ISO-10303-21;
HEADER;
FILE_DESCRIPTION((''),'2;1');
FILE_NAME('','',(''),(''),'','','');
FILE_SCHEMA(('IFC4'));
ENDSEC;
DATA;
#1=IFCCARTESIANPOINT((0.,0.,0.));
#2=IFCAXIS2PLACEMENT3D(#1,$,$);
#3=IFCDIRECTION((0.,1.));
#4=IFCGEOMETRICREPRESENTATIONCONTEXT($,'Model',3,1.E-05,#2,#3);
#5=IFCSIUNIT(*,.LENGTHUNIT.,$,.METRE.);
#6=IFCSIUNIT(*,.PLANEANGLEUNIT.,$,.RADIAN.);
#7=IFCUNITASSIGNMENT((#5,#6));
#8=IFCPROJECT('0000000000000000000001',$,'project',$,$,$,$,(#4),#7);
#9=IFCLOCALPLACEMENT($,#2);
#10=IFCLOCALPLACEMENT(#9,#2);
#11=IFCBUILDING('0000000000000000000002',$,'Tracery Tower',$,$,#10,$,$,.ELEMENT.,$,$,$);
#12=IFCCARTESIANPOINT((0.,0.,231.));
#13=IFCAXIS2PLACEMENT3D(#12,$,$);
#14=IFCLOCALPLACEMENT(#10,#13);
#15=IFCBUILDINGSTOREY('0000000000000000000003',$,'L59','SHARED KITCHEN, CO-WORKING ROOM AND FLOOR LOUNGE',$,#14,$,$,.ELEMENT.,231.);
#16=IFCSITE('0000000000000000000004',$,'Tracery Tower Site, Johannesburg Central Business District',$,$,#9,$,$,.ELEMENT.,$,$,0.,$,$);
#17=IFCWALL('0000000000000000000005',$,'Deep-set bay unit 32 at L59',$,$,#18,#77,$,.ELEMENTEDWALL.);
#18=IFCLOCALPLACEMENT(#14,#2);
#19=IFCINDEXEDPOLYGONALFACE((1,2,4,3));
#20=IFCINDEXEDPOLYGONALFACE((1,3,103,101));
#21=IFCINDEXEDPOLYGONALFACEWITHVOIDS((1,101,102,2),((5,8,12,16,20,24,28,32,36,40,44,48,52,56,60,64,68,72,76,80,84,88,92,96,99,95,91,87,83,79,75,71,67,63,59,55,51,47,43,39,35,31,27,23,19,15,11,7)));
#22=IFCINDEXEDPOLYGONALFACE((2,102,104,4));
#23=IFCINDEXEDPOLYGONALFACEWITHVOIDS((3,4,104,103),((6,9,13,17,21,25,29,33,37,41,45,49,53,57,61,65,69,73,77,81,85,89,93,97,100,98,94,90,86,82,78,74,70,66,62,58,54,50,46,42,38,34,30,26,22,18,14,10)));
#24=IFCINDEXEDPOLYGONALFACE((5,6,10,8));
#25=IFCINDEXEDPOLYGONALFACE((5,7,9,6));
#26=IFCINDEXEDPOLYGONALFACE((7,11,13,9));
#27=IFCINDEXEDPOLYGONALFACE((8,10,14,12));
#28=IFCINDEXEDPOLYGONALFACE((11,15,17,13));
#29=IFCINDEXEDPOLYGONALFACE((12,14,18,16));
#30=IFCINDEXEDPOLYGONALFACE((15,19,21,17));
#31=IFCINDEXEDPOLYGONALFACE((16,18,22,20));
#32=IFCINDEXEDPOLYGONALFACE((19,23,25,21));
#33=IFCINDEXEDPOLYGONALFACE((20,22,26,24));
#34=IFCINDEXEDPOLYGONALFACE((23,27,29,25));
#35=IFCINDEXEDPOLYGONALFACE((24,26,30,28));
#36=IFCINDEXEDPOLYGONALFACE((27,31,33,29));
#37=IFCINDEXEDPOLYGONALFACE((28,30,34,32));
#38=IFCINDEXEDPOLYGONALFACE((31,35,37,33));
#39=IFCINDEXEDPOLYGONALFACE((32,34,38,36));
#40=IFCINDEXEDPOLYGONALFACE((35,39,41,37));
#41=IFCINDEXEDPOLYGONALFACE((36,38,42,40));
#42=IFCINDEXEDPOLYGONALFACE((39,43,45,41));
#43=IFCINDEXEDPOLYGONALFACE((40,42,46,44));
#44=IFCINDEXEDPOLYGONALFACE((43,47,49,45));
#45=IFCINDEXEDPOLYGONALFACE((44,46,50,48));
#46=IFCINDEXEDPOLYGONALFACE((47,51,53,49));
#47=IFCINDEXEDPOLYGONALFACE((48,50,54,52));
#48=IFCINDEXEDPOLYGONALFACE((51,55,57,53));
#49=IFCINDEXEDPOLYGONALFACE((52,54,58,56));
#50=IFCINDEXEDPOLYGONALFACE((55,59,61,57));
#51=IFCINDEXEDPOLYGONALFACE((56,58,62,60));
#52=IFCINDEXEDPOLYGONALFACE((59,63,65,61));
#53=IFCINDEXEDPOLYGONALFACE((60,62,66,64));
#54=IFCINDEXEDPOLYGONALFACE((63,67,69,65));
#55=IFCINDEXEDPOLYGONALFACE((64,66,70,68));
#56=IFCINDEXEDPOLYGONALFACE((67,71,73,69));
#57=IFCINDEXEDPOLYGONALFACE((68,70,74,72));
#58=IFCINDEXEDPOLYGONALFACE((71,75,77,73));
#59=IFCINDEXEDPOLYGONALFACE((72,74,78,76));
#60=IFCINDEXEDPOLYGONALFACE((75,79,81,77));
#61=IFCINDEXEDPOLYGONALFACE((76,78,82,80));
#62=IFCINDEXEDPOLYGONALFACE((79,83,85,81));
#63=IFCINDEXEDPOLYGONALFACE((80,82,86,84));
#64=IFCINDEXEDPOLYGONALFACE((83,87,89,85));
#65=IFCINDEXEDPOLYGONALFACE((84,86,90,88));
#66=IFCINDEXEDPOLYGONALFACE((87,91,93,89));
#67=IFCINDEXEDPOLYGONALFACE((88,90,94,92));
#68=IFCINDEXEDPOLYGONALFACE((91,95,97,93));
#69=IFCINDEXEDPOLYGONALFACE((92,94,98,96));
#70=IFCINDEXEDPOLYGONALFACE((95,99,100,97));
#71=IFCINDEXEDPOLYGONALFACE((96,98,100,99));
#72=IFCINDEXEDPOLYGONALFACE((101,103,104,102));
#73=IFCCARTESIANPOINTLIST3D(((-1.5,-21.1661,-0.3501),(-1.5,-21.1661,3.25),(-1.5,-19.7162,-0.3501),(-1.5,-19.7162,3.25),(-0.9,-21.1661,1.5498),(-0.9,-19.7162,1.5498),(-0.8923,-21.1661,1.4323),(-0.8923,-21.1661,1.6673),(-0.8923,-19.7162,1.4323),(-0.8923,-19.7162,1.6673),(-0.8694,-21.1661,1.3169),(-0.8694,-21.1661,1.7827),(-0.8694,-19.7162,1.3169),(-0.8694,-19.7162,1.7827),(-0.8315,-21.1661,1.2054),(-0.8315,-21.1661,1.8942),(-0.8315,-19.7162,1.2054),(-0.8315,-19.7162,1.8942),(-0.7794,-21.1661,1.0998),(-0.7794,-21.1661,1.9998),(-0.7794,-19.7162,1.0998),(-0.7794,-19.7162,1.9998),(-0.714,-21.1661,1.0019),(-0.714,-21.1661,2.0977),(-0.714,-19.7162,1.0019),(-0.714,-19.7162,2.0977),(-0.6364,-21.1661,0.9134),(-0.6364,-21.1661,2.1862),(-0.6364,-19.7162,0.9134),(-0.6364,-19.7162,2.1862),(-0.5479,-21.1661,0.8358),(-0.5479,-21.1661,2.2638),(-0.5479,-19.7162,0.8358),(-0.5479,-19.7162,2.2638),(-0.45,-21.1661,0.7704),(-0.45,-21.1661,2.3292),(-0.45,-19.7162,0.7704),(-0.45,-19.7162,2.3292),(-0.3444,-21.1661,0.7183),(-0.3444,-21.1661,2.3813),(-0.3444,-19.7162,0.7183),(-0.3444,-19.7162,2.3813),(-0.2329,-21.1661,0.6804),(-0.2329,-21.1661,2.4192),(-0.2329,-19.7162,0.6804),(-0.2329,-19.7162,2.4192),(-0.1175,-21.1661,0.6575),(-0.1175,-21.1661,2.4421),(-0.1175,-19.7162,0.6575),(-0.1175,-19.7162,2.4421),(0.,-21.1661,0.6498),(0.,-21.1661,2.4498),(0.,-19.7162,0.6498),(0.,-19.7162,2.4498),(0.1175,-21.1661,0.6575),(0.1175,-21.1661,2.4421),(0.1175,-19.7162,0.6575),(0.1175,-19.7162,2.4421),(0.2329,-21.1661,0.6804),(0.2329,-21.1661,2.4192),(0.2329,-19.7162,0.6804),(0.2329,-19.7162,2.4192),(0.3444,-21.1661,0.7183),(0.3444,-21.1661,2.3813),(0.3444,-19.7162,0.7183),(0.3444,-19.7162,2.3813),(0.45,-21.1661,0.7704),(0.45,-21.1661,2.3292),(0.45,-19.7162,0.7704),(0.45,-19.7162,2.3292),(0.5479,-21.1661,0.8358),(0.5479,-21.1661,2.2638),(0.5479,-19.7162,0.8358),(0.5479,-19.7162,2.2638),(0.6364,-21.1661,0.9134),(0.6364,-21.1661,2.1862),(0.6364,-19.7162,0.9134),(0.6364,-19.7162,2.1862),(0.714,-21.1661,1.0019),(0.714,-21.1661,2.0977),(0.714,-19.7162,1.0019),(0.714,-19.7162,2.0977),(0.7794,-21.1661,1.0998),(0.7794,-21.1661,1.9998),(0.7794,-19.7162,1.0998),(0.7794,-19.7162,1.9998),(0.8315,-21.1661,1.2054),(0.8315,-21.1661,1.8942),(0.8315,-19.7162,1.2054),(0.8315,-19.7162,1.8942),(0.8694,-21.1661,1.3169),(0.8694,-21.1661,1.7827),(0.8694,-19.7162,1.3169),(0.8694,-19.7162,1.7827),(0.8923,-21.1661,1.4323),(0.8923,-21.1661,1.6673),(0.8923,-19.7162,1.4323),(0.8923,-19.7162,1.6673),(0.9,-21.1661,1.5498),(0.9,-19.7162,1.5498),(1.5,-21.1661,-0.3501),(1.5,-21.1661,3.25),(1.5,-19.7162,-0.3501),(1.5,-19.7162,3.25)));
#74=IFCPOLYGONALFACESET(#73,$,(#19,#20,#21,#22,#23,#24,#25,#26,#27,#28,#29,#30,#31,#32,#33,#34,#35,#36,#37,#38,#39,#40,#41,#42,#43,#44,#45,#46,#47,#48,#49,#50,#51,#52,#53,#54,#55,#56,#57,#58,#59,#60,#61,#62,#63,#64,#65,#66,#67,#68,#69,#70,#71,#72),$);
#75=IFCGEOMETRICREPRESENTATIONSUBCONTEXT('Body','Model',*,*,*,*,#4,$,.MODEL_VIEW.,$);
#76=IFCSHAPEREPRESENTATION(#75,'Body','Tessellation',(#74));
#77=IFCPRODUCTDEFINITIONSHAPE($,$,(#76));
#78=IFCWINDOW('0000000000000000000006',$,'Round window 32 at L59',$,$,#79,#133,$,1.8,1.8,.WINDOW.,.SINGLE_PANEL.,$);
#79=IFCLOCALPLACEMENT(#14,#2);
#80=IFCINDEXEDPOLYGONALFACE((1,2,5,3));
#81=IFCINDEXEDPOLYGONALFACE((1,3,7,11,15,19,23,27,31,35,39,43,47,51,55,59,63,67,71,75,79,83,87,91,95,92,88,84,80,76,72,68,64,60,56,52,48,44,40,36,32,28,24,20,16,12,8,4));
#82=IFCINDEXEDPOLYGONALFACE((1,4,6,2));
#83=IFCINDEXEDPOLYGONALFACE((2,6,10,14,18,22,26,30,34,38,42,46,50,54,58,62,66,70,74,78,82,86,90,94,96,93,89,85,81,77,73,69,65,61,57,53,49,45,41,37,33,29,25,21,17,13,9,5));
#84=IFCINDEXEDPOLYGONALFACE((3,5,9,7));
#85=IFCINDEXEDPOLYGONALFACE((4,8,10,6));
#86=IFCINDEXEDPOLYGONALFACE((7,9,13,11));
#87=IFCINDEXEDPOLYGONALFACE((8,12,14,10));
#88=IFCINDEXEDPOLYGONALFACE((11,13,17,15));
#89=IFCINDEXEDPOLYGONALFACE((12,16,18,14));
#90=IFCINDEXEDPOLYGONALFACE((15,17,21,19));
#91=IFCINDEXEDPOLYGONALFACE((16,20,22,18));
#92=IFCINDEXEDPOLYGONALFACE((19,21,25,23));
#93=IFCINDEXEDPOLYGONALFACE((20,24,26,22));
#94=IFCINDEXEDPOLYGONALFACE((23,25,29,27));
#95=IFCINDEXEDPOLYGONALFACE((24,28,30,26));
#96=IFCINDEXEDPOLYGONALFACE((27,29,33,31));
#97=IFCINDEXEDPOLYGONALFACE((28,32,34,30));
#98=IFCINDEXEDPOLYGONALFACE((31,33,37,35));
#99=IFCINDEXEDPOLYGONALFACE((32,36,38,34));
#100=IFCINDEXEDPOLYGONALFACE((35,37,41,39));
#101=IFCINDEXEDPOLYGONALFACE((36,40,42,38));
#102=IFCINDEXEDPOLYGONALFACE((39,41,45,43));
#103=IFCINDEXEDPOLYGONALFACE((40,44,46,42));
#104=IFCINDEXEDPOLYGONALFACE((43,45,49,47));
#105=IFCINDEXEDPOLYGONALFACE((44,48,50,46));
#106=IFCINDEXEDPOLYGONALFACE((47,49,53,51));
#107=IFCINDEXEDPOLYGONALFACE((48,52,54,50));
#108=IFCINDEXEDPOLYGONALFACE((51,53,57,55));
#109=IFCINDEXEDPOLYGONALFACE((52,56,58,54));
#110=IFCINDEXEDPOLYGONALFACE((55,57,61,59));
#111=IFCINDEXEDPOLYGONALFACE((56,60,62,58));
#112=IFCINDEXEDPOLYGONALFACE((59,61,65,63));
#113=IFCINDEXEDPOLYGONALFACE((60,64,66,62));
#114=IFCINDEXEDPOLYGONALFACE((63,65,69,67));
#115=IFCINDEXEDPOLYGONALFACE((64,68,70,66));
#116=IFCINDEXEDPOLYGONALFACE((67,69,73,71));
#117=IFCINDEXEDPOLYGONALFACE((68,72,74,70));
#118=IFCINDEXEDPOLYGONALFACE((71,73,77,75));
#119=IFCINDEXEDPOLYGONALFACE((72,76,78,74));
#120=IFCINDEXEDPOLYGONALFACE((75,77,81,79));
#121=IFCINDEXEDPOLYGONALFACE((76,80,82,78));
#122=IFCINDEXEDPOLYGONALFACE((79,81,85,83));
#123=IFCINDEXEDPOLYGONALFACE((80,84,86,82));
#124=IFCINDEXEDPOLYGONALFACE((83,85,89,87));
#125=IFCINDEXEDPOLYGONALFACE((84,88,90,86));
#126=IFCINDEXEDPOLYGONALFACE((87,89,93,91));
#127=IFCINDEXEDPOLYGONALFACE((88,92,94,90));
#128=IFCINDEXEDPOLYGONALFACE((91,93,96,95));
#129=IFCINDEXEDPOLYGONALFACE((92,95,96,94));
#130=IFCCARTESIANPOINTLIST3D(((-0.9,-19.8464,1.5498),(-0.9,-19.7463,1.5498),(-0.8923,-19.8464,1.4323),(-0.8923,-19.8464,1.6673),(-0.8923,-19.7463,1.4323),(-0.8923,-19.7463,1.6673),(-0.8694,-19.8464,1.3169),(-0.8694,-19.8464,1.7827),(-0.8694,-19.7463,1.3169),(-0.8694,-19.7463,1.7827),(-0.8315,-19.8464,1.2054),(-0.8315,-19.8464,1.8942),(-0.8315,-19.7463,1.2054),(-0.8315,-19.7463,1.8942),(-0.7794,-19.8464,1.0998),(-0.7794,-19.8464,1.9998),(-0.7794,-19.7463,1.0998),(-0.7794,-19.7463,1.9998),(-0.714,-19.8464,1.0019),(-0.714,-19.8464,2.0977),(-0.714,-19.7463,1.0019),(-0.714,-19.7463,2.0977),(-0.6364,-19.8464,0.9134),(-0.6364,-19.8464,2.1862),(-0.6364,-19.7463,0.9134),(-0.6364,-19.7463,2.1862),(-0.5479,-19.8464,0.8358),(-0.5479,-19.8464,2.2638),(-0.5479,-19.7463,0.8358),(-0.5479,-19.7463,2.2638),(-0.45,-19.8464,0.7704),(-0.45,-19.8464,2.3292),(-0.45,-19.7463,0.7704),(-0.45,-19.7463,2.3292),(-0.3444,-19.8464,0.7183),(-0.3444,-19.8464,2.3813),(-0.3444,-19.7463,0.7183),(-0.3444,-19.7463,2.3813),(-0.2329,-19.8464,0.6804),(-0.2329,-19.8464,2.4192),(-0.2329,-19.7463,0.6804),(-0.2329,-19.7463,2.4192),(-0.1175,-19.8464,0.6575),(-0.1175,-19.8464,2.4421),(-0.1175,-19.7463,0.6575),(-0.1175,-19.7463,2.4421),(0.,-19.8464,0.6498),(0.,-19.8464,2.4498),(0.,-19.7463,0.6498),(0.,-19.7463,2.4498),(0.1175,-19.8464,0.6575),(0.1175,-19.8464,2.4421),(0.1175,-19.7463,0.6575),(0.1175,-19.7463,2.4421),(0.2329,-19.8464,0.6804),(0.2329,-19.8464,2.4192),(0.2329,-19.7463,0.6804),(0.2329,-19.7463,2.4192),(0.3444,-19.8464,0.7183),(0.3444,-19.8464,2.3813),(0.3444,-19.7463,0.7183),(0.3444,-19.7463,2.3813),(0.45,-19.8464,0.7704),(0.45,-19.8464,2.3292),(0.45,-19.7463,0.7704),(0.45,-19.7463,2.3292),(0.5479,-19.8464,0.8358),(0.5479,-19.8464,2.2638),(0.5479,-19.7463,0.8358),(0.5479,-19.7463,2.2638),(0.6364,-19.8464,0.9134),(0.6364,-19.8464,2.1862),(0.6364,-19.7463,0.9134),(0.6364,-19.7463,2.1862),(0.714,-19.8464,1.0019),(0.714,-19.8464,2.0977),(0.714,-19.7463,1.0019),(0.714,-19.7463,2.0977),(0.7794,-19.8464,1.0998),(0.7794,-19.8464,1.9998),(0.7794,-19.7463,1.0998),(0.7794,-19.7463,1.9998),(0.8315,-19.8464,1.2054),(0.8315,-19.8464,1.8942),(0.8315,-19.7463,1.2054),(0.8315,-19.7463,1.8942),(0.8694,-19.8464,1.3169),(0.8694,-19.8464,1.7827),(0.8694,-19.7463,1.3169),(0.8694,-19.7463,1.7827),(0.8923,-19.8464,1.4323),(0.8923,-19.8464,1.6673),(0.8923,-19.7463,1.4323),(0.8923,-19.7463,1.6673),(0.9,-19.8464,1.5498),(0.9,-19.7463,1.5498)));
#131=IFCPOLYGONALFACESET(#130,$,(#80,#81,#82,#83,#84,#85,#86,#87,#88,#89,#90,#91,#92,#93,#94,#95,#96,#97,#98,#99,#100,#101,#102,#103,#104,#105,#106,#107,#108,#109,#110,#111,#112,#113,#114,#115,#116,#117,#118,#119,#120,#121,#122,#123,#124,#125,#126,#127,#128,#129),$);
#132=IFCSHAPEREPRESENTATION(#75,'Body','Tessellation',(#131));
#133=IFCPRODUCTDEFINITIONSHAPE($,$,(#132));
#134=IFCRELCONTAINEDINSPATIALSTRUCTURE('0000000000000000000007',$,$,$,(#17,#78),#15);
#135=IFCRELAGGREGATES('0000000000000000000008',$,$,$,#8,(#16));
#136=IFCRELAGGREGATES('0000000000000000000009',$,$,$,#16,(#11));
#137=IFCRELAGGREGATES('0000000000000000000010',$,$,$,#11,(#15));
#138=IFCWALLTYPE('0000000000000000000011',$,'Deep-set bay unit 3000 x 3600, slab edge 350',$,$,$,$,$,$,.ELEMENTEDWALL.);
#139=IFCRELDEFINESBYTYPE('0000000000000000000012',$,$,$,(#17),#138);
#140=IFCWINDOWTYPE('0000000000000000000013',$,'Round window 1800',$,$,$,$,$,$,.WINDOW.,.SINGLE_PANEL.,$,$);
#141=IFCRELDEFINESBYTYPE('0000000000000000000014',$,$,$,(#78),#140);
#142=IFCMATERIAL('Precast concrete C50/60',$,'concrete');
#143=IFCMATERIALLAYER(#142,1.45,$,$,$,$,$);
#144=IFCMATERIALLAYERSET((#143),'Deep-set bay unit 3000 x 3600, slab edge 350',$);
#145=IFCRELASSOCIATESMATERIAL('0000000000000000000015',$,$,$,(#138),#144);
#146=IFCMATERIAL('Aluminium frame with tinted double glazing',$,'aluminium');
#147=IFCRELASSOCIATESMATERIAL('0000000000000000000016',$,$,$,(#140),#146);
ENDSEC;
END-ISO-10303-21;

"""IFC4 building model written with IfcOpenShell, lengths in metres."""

from ifc_helpers import new_model, si_unit, direction, frame, frame_2d, origin, origin_2d, place, context, subcontext, project, spatial, rectangle, circle, extrude, material, layer, layer_set, type_object, element, fill, save


model = new_model("IFC4")

# Units and contexts
model_context = context("Model", 3, precision=1e-05, world=origin(), true_north=direction((0.0, 1.0)))
body_context = subcontext(model_context, "Body", "Model", "MODEL_VIEW")
ifc_project = project(units=[si_unit("LENGTHUNIT", "METRE"), si_unit("PLANEANGLEUNIT", "RADIAN")], contexts=[model_context])

# Site, building, storey
site_placement = place(None, origin())
site = spatial("IfcSite", under=ifc_project, at=site_placement, Name="Tracery Tower Site, Johannesburg Central Business District", CompositionType="ELEMENT", RefElevation=0.0)
building_placement = place(site_placement, origin())
building = spatial("IfcBuilding", under=site, at=building_placement, Name="Tracery Tower", CompositionType="ELEMENT")
storey_placement = place(building_placement, frame((0.0, 0.0, 231.0)))
storey = spatial("IfcBuildingStorey", under=building, at=storey_placement, Name="L59", Description="SHARED KITCHEN, CO-WORKING ROOM AND FLOOR LOUNGE", CompositionType="ELEMENT", Elevation=231.0)

# Wall, opening, window
ifc_material_1 = material(Name="Precast concrete C50/60", Category="concrete")
ifc_layer_1 = layer(ifc_material_1, 1.45)
ifc_layer_set_1 = layer_set([ifc_layer_1], Name="Deep-set bay unit 3000 x 3600, slab edge 350")
wall_type_1 = type_object("IfcWallType", Name="Deep-set bay unit 3000 x 3600, slab edge 350", PredefinedType="ELEMENTEDWALL", material=ifc_layer_set_1)
wall_1_placement = place(storey_placement, frame((-1.5, -20.4412, -0.3501), z_axis=(0.0, 0.0, 1.0), x_axis=(1.0, 0.0, 0.0)))
wall_1 = element("IfcWall", 1, at=wall_1_placement, inside=storey, type_object=wall_type_1, Name="Deep-set bay unit 32 at L59", PredefinedType="ELEMENTEDWALL", context=body_context, shape_type="SweptSolid", body=[
    extrude(rectangle(XDim=3.0, YDim=1.45, at=frame_2d((1.5, 0.0))), origin(), (0.0, 0.0, 1.0), 3.6001),
])
opening_1_placement = place(wall_1_placement, frame((1.5, 0.0, 1.8999)))
opening_1 = element("IfcOpeningElement", 2, at=opening_1_placement, cuts=wall_1, PredefinedType="OPENING", context=body_context, shape_type="SweptSolid", body=[
    extrude(circle(Radius=0.9, at=origin_2d()), frame((0.0, 0.7349, 0.0), z_axis=(0.0, -1.0, 0.0), x_axis=(1.0, 0.0, 0.0)), (0.0, 0.0, 1.0), 1.47),
])
ifc_material_2 = material(Name="Aluminium frame with tinted double glazing", Category="aluminium")
window_type = type_object("IfcWindowType", Name="Round window 1800", PartitioningType="SINGLE_PANEL", PredefinedType="WINDOW", material=ifc_material_2)
window_1_placement = place(opening_1_placement, origin())
window_1 = element("IfcWindow", 3, at=window_1_placement, inside=storey, type_object=window_type, Name="Round window 32 at L59", OverallHeight=1.8, OverallWidth=1.8, PartitioningType="SINGLE_PANEL", PredefinedType="WINDOW", context=body_context, shape_type="SweptSolid", body=[
    extrude(circle(Radius=0.9, at=origin_2d()), frame((0.0, 0.6948, 0.0), z_axis=(0.0, -1.0, 0.0), x_axis=(1.0, 0.0, 0.0)), (0.0, 0.0, 1.0), 0.1001),
])
fill(opening_1, window_1)

save(model, "model.ifc")
